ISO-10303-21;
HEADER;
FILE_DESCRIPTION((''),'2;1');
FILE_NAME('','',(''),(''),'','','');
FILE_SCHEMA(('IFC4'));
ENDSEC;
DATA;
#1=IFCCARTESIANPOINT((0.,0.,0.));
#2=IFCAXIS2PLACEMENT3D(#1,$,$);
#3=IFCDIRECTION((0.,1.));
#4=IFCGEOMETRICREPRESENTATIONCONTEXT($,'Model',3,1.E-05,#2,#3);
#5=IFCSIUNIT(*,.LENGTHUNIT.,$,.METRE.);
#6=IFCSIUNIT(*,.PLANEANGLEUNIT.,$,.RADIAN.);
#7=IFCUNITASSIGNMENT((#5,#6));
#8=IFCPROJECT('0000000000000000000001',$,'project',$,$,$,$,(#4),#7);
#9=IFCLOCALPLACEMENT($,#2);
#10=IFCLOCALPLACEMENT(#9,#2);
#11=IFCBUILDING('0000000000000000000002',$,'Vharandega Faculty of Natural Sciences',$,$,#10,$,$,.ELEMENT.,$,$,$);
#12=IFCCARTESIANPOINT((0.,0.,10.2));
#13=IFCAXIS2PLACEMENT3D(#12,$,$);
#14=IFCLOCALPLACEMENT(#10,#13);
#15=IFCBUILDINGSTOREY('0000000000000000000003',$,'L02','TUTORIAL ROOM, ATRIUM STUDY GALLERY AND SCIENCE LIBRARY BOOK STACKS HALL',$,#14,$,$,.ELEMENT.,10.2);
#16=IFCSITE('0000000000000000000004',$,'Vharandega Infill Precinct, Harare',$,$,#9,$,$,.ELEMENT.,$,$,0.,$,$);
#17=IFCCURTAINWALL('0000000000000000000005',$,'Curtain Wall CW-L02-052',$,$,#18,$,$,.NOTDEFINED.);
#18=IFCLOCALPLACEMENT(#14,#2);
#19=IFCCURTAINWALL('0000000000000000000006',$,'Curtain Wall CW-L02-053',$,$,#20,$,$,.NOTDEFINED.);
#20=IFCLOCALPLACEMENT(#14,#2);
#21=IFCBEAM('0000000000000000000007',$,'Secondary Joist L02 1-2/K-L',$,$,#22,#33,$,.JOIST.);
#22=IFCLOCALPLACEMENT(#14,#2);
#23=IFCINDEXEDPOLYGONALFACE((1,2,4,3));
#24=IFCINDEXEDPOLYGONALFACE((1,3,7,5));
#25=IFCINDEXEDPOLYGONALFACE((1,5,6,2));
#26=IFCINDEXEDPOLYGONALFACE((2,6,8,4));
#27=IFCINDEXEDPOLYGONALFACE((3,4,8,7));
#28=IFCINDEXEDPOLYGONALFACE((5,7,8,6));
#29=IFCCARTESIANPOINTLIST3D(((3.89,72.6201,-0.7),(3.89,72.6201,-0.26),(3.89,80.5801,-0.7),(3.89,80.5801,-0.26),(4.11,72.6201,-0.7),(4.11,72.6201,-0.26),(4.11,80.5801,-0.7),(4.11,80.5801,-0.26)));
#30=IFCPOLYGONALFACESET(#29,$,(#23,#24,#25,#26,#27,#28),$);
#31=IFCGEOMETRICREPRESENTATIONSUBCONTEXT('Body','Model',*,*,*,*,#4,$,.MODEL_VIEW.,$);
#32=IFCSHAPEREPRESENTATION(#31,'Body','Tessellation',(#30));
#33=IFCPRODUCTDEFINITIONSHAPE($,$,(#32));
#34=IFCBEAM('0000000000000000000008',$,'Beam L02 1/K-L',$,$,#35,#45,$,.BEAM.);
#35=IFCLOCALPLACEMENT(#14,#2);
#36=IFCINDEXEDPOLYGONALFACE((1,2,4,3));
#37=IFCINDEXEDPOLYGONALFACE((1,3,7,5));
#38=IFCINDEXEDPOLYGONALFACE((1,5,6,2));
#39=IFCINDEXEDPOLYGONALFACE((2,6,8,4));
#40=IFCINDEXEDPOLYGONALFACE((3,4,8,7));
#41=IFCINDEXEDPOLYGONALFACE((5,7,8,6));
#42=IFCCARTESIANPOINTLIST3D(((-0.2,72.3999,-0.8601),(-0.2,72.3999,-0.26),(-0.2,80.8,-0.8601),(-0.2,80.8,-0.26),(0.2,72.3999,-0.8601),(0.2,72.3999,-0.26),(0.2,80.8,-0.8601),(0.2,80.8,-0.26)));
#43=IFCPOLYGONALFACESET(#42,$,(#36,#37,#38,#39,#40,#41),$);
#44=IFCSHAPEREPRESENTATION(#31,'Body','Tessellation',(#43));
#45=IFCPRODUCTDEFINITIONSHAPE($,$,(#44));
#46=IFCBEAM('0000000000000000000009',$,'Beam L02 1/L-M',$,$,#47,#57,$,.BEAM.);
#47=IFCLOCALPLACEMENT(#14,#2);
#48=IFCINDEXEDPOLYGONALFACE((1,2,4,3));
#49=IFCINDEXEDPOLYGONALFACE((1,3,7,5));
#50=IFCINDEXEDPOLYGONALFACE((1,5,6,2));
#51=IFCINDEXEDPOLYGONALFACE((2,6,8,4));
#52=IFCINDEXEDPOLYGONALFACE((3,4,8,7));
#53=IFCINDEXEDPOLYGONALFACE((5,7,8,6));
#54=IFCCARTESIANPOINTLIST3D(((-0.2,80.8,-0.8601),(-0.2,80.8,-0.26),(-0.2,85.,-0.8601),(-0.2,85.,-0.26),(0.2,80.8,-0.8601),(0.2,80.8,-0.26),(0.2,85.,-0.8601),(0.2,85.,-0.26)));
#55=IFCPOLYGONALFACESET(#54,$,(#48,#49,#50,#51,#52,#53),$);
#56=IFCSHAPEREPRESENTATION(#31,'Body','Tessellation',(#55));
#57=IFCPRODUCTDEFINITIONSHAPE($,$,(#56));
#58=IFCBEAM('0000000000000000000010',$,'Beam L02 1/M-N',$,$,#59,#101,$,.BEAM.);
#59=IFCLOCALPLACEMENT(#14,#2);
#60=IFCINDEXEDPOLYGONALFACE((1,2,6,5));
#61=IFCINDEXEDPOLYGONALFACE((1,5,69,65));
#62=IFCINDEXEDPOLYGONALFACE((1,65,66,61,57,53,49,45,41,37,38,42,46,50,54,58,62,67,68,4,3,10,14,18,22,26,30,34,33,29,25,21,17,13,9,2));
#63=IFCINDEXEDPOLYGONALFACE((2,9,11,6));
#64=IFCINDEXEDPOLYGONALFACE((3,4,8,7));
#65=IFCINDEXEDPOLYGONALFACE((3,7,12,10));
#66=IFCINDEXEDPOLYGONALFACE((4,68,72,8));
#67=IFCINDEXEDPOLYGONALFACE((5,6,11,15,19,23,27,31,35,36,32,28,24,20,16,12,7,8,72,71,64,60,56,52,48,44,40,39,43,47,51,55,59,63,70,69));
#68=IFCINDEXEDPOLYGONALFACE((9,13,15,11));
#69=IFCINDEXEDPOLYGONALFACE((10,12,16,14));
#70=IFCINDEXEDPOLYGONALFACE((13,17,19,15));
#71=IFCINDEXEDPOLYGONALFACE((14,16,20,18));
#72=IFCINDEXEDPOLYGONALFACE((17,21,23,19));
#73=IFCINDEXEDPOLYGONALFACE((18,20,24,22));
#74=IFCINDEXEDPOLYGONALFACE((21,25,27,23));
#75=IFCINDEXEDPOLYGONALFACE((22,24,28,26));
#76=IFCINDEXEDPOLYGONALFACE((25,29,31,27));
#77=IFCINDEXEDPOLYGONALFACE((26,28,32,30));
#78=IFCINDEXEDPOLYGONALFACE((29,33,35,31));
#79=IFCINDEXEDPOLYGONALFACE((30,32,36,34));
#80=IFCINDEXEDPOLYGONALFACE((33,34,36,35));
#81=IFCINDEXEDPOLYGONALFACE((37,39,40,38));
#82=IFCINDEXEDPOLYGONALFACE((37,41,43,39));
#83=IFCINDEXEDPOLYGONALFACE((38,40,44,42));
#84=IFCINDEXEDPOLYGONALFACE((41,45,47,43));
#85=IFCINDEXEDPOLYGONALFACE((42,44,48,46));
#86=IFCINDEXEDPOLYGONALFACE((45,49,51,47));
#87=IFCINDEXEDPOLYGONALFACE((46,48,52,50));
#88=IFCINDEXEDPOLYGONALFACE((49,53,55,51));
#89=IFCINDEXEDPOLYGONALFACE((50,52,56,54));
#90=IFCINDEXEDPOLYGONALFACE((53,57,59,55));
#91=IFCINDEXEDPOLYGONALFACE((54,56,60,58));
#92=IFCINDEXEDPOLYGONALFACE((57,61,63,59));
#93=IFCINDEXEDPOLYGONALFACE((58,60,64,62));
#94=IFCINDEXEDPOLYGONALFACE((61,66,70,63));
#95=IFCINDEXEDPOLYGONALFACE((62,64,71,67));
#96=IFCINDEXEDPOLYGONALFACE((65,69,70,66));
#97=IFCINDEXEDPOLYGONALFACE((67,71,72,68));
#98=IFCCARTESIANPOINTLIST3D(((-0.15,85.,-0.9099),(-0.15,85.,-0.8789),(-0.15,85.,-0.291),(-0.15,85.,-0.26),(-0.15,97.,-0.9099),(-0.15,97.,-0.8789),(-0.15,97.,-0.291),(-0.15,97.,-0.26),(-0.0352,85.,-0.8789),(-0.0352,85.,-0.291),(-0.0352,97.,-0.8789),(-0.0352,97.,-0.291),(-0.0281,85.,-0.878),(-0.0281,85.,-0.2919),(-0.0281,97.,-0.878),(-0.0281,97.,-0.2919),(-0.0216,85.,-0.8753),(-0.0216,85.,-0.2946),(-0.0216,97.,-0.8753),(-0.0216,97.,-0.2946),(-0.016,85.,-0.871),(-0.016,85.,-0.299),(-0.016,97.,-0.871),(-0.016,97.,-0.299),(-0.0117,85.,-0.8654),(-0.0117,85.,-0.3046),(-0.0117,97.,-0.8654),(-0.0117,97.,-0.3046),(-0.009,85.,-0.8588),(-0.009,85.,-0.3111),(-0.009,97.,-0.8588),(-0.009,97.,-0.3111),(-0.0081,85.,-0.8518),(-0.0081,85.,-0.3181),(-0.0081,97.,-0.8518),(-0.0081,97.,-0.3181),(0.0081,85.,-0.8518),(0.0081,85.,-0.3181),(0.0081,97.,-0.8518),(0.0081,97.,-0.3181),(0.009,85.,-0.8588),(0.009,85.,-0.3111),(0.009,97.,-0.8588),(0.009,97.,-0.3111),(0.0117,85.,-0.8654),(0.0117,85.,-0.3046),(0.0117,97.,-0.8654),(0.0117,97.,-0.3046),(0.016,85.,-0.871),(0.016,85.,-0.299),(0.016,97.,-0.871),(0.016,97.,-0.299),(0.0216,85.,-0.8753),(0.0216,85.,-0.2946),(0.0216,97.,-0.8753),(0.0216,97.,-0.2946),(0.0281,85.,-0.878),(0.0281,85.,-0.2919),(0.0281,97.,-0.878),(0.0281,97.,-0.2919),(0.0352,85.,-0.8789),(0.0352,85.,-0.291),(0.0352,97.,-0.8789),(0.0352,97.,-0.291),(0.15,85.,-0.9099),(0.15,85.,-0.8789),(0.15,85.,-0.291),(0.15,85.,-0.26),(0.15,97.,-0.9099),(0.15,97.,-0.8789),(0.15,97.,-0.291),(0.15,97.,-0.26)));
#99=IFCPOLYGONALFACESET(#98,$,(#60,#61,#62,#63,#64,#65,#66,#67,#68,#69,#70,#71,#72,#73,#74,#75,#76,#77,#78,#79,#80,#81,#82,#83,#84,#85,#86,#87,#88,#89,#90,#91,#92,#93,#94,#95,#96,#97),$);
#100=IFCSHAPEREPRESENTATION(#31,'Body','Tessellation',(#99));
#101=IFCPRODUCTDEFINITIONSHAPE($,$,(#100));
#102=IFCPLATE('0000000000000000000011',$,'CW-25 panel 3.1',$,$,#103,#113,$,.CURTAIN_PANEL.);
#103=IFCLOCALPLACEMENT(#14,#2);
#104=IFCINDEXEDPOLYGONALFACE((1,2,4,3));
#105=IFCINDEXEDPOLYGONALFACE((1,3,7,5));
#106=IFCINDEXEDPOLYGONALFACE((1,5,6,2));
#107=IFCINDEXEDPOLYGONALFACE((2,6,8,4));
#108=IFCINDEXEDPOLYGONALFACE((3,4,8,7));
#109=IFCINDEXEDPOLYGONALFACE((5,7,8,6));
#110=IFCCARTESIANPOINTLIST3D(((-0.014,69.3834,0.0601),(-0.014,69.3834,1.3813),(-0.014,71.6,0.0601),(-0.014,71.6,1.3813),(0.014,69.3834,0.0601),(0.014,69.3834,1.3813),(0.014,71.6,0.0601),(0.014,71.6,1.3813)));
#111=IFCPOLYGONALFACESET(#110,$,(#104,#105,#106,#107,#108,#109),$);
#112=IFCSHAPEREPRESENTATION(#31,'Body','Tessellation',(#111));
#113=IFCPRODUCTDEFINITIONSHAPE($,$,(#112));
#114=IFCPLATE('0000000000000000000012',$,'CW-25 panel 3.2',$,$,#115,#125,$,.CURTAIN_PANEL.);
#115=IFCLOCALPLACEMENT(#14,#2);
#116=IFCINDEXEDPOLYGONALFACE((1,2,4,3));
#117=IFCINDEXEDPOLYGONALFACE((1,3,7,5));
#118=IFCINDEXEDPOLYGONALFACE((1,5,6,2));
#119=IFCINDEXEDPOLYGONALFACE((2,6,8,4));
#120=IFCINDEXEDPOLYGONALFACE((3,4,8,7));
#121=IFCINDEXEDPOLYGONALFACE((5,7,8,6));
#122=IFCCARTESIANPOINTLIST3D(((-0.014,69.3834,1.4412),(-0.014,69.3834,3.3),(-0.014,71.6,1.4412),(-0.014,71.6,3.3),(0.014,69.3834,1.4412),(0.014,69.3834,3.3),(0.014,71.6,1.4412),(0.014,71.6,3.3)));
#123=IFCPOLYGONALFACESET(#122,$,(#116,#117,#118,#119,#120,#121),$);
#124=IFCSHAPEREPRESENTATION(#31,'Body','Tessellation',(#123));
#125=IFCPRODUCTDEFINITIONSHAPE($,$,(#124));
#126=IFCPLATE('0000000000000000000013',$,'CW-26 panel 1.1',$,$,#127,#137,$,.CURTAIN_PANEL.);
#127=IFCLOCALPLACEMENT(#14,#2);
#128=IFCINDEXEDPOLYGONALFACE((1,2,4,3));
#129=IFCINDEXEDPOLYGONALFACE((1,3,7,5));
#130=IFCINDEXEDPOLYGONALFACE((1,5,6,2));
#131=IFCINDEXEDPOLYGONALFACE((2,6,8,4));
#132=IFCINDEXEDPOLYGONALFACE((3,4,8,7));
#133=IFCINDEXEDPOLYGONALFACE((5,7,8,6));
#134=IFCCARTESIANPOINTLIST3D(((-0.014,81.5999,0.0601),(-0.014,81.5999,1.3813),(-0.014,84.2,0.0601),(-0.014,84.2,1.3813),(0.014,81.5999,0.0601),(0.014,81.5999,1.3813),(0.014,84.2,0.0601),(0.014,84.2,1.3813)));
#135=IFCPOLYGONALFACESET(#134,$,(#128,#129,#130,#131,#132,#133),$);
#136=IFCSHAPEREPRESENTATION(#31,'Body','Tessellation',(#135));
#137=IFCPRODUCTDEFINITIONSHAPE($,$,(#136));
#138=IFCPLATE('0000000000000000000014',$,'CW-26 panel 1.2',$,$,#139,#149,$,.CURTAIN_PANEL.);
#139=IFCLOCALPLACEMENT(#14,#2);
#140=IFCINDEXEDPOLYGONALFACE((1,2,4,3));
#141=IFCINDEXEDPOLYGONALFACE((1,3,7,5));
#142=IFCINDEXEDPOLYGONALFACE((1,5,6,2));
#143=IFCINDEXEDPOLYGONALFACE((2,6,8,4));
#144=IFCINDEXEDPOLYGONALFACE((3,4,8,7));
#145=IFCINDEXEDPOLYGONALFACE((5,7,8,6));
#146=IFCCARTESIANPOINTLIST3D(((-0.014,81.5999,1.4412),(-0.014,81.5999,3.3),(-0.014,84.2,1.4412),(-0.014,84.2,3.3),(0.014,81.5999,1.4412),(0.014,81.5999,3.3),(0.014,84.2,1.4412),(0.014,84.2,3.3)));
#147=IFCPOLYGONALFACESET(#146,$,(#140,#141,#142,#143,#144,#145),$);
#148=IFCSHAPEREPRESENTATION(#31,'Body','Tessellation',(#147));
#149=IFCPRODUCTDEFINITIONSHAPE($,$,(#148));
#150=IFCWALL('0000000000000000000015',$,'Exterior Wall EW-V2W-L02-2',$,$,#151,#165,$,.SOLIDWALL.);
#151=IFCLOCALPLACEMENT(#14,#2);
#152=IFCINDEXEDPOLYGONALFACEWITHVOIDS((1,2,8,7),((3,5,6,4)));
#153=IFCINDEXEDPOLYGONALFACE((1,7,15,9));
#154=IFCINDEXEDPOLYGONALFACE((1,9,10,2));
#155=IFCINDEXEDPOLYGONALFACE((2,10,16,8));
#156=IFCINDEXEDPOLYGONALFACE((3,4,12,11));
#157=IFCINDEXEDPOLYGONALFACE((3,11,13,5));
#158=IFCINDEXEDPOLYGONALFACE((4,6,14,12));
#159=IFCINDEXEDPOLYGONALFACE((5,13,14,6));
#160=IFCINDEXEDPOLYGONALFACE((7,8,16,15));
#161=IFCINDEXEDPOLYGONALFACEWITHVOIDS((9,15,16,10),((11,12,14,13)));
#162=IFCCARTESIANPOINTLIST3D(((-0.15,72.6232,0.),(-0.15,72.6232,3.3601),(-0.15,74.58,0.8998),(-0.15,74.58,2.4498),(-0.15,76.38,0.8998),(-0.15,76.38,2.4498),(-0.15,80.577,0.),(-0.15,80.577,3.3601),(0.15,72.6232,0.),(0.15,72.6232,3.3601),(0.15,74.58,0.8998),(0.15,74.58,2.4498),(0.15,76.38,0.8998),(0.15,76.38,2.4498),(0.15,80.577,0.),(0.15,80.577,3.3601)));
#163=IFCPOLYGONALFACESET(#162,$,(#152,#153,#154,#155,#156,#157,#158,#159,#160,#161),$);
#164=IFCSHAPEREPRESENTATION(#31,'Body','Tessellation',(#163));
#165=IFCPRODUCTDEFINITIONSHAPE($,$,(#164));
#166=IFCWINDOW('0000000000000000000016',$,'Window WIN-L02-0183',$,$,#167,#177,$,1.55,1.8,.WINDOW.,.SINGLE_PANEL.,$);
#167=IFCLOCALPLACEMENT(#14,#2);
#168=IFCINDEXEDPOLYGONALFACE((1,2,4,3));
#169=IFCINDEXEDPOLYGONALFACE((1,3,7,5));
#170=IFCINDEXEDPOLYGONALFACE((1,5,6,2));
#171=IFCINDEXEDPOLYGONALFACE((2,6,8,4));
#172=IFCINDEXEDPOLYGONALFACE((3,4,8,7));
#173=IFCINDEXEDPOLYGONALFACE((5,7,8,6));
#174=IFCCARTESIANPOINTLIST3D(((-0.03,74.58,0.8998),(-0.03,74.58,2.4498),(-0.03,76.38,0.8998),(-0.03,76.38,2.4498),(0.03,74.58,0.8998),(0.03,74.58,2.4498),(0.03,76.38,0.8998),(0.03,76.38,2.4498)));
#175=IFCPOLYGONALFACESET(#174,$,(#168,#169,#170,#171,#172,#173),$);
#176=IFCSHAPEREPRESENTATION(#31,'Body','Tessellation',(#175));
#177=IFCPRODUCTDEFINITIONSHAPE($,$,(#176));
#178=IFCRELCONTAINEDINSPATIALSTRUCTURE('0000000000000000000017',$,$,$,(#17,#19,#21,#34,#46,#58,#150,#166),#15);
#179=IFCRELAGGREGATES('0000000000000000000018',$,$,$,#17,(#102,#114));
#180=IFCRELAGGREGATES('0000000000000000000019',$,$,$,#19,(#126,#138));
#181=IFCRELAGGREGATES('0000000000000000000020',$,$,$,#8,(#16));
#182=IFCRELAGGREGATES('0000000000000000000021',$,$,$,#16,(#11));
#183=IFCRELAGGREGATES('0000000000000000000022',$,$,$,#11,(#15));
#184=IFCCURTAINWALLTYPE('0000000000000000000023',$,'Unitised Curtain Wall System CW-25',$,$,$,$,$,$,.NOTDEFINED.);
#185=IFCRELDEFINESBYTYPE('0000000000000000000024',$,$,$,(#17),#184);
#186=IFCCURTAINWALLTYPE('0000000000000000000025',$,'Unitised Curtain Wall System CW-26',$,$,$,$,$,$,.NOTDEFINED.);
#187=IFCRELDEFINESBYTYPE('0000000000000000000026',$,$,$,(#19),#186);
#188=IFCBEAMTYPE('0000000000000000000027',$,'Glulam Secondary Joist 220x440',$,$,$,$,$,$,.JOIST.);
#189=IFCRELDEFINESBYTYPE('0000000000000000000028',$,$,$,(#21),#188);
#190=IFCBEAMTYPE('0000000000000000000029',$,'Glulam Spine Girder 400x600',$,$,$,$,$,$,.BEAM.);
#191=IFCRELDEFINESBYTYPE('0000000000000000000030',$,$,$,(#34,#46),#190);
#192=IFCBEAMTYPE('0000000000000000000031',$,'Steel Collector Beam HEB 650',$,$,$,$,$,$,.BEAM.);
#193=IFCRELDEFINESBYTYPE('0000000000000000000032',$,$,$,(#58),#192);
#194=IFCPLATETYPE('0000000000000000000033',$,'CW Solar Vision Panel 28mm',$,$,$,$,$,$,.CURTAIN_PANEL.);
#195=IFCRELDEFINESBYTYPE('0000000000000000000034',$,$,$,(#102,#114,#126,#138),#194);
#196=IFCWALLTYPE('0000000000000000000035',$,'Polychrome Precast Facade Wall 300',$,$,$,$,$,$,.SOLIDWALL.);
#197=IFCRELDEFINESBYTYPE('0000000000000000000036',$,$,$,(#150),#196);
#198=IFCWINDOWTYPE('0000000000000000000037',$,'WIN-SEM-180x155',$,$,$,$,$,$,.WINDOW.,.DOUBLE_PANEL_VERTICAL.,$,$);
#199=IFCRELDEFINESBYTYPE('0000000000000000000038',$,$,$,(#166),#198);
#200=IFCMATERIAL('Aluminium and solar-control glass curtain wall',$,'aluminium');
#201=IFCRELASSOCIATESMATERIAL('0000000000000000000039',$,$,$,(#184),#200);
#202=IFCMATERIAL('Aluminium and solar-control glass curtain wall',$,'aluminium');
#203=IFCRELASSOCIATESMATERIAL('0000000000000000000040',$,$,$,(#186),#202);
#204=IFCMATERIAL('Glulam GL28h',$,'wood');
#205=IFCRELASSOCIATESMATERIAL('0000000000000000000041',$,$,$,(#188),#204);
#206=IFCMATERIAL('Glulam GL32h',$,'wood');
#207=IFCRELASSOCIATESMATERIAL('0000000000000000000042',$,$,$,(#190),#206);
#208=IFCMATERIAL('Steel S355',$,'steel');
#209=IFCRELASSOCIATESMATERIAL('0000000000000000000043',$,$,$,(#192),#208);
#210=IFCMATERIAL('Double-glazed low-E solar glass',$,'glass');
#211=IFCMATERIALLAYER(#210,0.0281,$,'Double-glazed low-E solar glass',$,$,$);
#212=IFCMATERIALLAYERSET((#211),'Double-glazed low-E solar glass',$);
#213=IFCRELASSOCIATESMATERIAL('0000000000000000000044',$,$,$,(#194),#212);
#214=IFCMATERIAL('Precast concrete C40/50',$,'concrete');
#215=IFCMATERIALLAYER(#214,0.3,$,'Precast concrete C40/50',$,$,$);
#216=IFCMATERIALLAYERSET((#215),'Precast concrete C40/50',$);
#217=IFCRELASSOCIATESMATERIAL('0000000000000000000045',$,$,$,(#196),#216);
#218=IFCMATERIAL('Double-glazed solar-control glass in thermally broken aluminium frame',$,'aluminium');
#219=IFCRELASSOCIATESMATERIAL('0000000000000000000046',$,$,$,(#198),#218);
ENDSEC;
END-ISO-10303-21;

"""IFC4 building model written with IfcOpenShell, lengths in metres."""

from ifc_helpers import new_model, si_unit, direction, frame, frame_2d, origin, origin_2d, place, context, subcontext, project, spatial, rectangle, i_section, extrude, material, layer, layer_set, material_profile, profile_set, type_object, element, fill, aggregate, save


model = new_model("IFC4")

# Units and contexts
model_context = context("Model", 3, precision=1e-05, world=origin(), true_north=direction((0.0, 1.0)))
body_context = subcontext(model_context, "Body", "Model", "MODEL_VIEW")
ifc_project = project(units=[si_unit("LENGTHUNIT", "METRE"), si_unit("PLANEANGLEUNIT", "RADIAN")], contexts=[model_context])

# Site, building, storey
site_placement = place(None, origin())
site = spatial("IfcSite", under=ifc_project, at=site_placement, Name="Vharandega Infill Precinct, Harare", CompositionType="ELEMENT", RefElevation=0.0)
building_placement = place(site_placement, origin())
building = spatial("IfcBuilding", under=site, at=building_placement, Name="Vharandega Faculty of Natural Sciences", CompositionType="ELEMENT")
storey_placement = place(building_placement, frame((0.0, 0.0, 10.2)))
storey = spatial("IfcBuildingStorey", under=building, at=storey_placement, Name="L02", Description="TUTORIAL ROOM, ATRIUM STUDY GALLERY AND SCIENCE LIBRARY BOOK STACKS HALL", CompositionType="ELEMENT", Elevation=10.2)

# Curtain wall
ifc_material_1 = material(Name="Aluminium and solar-control glass curtain wall", Category="aluminium")
curtain_wall_type_1 = type_object("IfcCurtainWallType", Name="Unitised Curtain Wall System CW-25", PredefinedType="NOTDEFINED", material=ifc_material_1)
curtain_wall_1_placement = place(storey_placement, origin())
curtain_wall_1 = element("IfcCurtainWall", 1, at=curtain_wall_1_placement, inside=storey, type_object=curtain_wall_type_1, Name="Curtain Wall CW-L02-052", PredefinedType="NOTDEFINED")

# Curtain wall
ifc_material_2 = material(Name="Aluminium and solar-control glass curtain wall", Category="aluminium")
curtain_wall_type_2 = type_object("IfcCurtainWallType", Name="Unitised Curtain Wall System CW-26", PredefinedType="NOTDEFINED", material=ifc_material_2)
curtain_wall_2_placement = place(storey_placement, origin())
curtain_wall_2 = element("IfcCurtainWall", 2, at=curtain_wall_2_placement, inside=storey, type_object=curtain_wall_type_2, Name="Curtain Wall CW-L02-053", PredefinedType="NOTDEFINED")

# Beams
ifc_material_3 = material(Name="Glulam GL28h", Category="wood")
ifc_material_profile_1 = material_profile(ifc_material_3, rectangle(XDim=0.22, YDim=0.4399, at=origin_2d()), Name="GL28h 220x440")
ifc_profile_set_1 = profile_set([ifc_material_profile_1], Name="Glulam GL28h")
beam_type_1 = type_object("IfcBeamType", Name="Glulam Secondary Joist 220x440", PredefinedType="JOIST", material=ifc_profile_set_1)
beam_1_placement = place(storey_placement, frame((4.0, 72.6201, -0.48), z_axis=(0.0, 1.0, 0.0), x_axis=(-1.0, 0.0, 0.0)))
element("IfcBeam", 3, at=beam_1_placement, inside=storey, type_object=beam_type_1, Name="Secondary Joist L02 1-2/K-L", PredefinedType="JOIST", context=body_context, shape_type="SweptSolid", body=[
    extrude(rectangle(XDim=0.22, YDim=0.4399, at=origin_2d()), origin(), (0.0, 0.0, 1.0), 7.96),
])
ifc_material_4 = material(Name="Glulam GL32h", Category="wood")
ifc_material_profile_2 = material_profile(ifc_material_4, rectangle(XDim=0.3999, YDim=0.6001, at=origin_2d()), Name="GL32h 400x600")
ifc_profile_set_2 = profile_set([ifc_material_profile_2], Name="Glulam GL32h")
beam_type_2 = type_object("IfcBeamType", Name="Glulam Spine Girder 400x600", PredefinedType="BEAM", material=ifc_profile_set_2)
beam_2_placement = place(storey_placement, frame((0.0, 72.3999, -0.5601), z_axis=(0.0, 1.0, 0.0), x_axis=(-1.0, 0.0, 0.0)))
element("IfcBeam", 4, at=beam_2_placement, inside=storey, type_object=beam_type_2, Name="Beam L02 1/K-L", PredefinedType="BEAM", context=body_context, shape_type="SweptSolid", body=[
    extrude(rectangle(XDim=0.3999, YDim=0.6001, at=origin_2d()), origin(), (0.0, 0.0, 1.0), 8.4001),
])
beam_3_placement = place(storey_placement, frame((0.0, 80.8, -0.5601), z_axis=(0.0, 1.0, 0.0), x_axis=(-1.0, 0.0, 0.0)))
element("IfcBeam", 5, at=beam_3_placement, inside=storey, type_object=beam_type_2, Name="Beam L02 1/L-M", PredefinedType="BEAM", context=body_context, shape_type="SweptSolid", body=[
    extrude(rectangle(XDim=0.3999, YDim=0.6001, at=origin_2d()), origin(), (0.0, 0.0, 1.0), 4.2),
])
ifc_material_5 = material(Name="Steel S355", Category="steel")
ifc_material_profile_3 = material_profile(ifc_material_5, i_section(OverallWidth=0.3, OverallDepth=0.6499, WebThickness=0.0161, FlangeThickness=0.031, FilletRadius=0.0271, at=origin_2d()), Name="HEB 650")
ifc_profile_set_3 = profile_set([ifc_material_profile_3], Name="Steel S355")
beam_type_3 = type_object("IfcBeamType", Name="Steel Collector Beam HEB 650", PredefinedType="BEAM", material=ifc_profile_set_3)
beam_4_placement = place(storey_placement, frame((0.0, 85.0, -0.585), z_axis=(0.0, 1.0, 0.0), x_axis=(-1.0, 0.0, 0.0)))
element("IfcBeam", 6, at=beam_4_placement, inside=storey, type_object=beam_type_3, Name="Beam L02 1/M-N", PredefinedType="BEAM", context=body_context, shape_type="SweptSolid", body=[
    extrude(i_section(OverallWidth=0.3, OverallDepth=0.6499, WebThickness=0.0161, FlangeThickness=0.031, FilletRadius=0.0271, at=origin_2d()), origin(), (0.0, 0.0, 1.0), 12.0),
])

# Plates
ifc_material_6 = material(Name="Double-glazed low-E solar glass", Category="glass")
ifc_layer_1 = layer(ifc_material_6, 0.0281, Name="Double-glazed low-E solar glass")
ifc_layer_set_1 = layer_set([ifc_layer_1], Name="Double-glazed low-E solar glass")
plate_type = type_object("IfcPlateType", Name="CW Solar Vision Panel 28mm", PredefinedType="CURTAIN_PANEL", material=ifc_layer_set_1)
plate_1_placement = place(storey_placement, frame((0.0, 70.4917, 0.0601), z_axis=(0.0, 0.0, 1.0), x_axis=(0.0, 1.0, 0.0)))
plate_1 = element("IfcPlate", 7, at=plate_1_placement, type_object=plate_type, Name="CW-25 panel 3.1", PredefinedType="CURTAIN_PANEL", context=body_context, shape_type="SweptSolid", body=[
    extrude(rectangle(XDim=2.2166, YDim=0.0281, at=origin_2d()), origin(), (0.0, 0.0, 1.0), 1.3213),
])
plate_2_placement = place(storey_placement, frame((0.0, 70.4917, 1.4412), z_axis=(0.0, 0.0, 1.0), x_axis=(0.0, 1.0, 0.0)))
plate_2 = element("IfcPlate", 8, at=plate_2_placement, type_object=plate_type, Name="CW-25 panel 3.2", PredefinedType="CURTAIN_PANEL", context=body_context, shape_type="SweptSolid", body=[
    extrude(rectangle(XDim=2.2166, YDim=0.0281, at=origin_2d()), origin(), (0.0, 0.0, 1.0), 1.8589),
])
aggregate(curtain_wall_1, [plate_1, plate_2])
plate_3_placement = place(storey_placement, frame((0.0, 82.8999, 0.0601), z_axis=(0.0, 0.0, 1.0), x_axis=(0.0, 1.0, 0.0)))
plate_3 = element("IfcPlate", 9, at=plate_3_placement, type_object=plate_type, Name="CW-26 panel 1.1", PredefinedType="CURTAIN_PANEL", context=body_context, shape_type="SweptSolid", body=[
    extrude(rectangle(XDim=2.6001, YDim=0.0281, at=origin_2d()), origin(), (0.0, 0.0, 1.0), 1.3213),
])
plate_4_placement = place(storey_placement, frame((0.0, 82.8999, 1.4412), z_axis=(0.0, 0.0, 1.0), x_axis=(0.0, 1.0, 0.0)))
plate_4 = element("IfcPlate", 10, at=plate_4_placement, type_object=plate_type, Name="CW-26 panel 1.2", PredefinedType="CURTAIN_PANEL", context=body_context, shape_type="SweptSolid", body=[
    extrude(rectangle(XDim=2.6001, YDim=0.0281, at=origin_2d()), origin(), (0.0, 0.0, 1.0), 1.8589),
])
aggregate(curtain_wall_2, [plate_3, plate_4])

# Wall, opening, window
ifc_material_7 = material(Name="Precast concrete C40/50", Category="concrete")
ifc_layer_2 = layer(ifc_material_7, 0.3, Name="Precast concrete C40/50")
ifc_layer_set_2 = layer_set([ifc_layer_2], Name="Precast concrete C40/50")
wall_type = type_object("IfcWallType", Name="Polychrome Precast Facade Wall 300", PredefinedType="SOLIDWALL", material=ifc_layer_set_2)
wall_placement = place(storey_placement, frame((0.0, 72.623, 0.0), z_axis=(0.0, 0.0, 1.0), x_axis=(0.0, 1.0, 0.0)))
wall = element("IfcWall", 11, at=wall_placement, inside=storey, type_object=wall_type, Name="Exterior Wall EW-V2W-L02-2", PredefinedType="SOLIDWALL", context=body_context, shape_type="SweptSolid", body=[
    extrude(rectangle(XDim=7.9539, YDim=0.3, at=frame_2d((3.9771, 0.0))), origin(), (0.0, 0.0, 1.0), 3.3601),
])
opening_placement = place(wall_placement, frame((1.957, 0.0, 0.8999)))
opening = element("IfcOpeningElement", 12, at=opening_placement, cuts=wall, PredefinedType="OPENING", context=body_context, shape_type="SweptSolid", body=[
    extrude(rectangle(XDim=1.8, YDim=1.55, at=frame_2d((0.8999, 0.7749))), frame((0.0, 0.1602, 0.0), z_axis=(0.0, -1.0, 0.0), x_axis=(1.0, 0.0, 0.0)), (0.0, 0.0, 1.0), 0.3201),
])
ifc_material_8 = material(Name="Double-glazed solar-control glass in thermally broken aluminium frame", Category="aluminium")
window_type = type_object("IfcWindowType", Name="WIN-SEM-180x155", PartitioningType="DOUBLE_PANEL_VERTICAL", PredefinedType="WINDOW", material=ifc_material_8)
window_placement = place(opening_placement, origin())
window = element("IfcWindow", 13, at=window_placement, inside=storey, type_object=window_type, Name="Window WIN-L02-0183", OverallHeight=1.55, OverallWidth=1.8, PartitioningType="SINGLE_PANEL", PredefinedType="WINDOW", context=body_context, shape_type="SweptSolid", body=[
    extrude(rectangle(XDim=1.8, YDim=1.55, at=frame_2d((0.8999, 0.7749))), frame((0.0, 0.03, 0.0), z_axis=(0.0, -1.0, 0.0), x_axis=(1.0, 0.0, 0.0)), (0.0, 0.0, 1.0), 0.0601),
])
fill(opening, window)

save(model, "model.ifc")
